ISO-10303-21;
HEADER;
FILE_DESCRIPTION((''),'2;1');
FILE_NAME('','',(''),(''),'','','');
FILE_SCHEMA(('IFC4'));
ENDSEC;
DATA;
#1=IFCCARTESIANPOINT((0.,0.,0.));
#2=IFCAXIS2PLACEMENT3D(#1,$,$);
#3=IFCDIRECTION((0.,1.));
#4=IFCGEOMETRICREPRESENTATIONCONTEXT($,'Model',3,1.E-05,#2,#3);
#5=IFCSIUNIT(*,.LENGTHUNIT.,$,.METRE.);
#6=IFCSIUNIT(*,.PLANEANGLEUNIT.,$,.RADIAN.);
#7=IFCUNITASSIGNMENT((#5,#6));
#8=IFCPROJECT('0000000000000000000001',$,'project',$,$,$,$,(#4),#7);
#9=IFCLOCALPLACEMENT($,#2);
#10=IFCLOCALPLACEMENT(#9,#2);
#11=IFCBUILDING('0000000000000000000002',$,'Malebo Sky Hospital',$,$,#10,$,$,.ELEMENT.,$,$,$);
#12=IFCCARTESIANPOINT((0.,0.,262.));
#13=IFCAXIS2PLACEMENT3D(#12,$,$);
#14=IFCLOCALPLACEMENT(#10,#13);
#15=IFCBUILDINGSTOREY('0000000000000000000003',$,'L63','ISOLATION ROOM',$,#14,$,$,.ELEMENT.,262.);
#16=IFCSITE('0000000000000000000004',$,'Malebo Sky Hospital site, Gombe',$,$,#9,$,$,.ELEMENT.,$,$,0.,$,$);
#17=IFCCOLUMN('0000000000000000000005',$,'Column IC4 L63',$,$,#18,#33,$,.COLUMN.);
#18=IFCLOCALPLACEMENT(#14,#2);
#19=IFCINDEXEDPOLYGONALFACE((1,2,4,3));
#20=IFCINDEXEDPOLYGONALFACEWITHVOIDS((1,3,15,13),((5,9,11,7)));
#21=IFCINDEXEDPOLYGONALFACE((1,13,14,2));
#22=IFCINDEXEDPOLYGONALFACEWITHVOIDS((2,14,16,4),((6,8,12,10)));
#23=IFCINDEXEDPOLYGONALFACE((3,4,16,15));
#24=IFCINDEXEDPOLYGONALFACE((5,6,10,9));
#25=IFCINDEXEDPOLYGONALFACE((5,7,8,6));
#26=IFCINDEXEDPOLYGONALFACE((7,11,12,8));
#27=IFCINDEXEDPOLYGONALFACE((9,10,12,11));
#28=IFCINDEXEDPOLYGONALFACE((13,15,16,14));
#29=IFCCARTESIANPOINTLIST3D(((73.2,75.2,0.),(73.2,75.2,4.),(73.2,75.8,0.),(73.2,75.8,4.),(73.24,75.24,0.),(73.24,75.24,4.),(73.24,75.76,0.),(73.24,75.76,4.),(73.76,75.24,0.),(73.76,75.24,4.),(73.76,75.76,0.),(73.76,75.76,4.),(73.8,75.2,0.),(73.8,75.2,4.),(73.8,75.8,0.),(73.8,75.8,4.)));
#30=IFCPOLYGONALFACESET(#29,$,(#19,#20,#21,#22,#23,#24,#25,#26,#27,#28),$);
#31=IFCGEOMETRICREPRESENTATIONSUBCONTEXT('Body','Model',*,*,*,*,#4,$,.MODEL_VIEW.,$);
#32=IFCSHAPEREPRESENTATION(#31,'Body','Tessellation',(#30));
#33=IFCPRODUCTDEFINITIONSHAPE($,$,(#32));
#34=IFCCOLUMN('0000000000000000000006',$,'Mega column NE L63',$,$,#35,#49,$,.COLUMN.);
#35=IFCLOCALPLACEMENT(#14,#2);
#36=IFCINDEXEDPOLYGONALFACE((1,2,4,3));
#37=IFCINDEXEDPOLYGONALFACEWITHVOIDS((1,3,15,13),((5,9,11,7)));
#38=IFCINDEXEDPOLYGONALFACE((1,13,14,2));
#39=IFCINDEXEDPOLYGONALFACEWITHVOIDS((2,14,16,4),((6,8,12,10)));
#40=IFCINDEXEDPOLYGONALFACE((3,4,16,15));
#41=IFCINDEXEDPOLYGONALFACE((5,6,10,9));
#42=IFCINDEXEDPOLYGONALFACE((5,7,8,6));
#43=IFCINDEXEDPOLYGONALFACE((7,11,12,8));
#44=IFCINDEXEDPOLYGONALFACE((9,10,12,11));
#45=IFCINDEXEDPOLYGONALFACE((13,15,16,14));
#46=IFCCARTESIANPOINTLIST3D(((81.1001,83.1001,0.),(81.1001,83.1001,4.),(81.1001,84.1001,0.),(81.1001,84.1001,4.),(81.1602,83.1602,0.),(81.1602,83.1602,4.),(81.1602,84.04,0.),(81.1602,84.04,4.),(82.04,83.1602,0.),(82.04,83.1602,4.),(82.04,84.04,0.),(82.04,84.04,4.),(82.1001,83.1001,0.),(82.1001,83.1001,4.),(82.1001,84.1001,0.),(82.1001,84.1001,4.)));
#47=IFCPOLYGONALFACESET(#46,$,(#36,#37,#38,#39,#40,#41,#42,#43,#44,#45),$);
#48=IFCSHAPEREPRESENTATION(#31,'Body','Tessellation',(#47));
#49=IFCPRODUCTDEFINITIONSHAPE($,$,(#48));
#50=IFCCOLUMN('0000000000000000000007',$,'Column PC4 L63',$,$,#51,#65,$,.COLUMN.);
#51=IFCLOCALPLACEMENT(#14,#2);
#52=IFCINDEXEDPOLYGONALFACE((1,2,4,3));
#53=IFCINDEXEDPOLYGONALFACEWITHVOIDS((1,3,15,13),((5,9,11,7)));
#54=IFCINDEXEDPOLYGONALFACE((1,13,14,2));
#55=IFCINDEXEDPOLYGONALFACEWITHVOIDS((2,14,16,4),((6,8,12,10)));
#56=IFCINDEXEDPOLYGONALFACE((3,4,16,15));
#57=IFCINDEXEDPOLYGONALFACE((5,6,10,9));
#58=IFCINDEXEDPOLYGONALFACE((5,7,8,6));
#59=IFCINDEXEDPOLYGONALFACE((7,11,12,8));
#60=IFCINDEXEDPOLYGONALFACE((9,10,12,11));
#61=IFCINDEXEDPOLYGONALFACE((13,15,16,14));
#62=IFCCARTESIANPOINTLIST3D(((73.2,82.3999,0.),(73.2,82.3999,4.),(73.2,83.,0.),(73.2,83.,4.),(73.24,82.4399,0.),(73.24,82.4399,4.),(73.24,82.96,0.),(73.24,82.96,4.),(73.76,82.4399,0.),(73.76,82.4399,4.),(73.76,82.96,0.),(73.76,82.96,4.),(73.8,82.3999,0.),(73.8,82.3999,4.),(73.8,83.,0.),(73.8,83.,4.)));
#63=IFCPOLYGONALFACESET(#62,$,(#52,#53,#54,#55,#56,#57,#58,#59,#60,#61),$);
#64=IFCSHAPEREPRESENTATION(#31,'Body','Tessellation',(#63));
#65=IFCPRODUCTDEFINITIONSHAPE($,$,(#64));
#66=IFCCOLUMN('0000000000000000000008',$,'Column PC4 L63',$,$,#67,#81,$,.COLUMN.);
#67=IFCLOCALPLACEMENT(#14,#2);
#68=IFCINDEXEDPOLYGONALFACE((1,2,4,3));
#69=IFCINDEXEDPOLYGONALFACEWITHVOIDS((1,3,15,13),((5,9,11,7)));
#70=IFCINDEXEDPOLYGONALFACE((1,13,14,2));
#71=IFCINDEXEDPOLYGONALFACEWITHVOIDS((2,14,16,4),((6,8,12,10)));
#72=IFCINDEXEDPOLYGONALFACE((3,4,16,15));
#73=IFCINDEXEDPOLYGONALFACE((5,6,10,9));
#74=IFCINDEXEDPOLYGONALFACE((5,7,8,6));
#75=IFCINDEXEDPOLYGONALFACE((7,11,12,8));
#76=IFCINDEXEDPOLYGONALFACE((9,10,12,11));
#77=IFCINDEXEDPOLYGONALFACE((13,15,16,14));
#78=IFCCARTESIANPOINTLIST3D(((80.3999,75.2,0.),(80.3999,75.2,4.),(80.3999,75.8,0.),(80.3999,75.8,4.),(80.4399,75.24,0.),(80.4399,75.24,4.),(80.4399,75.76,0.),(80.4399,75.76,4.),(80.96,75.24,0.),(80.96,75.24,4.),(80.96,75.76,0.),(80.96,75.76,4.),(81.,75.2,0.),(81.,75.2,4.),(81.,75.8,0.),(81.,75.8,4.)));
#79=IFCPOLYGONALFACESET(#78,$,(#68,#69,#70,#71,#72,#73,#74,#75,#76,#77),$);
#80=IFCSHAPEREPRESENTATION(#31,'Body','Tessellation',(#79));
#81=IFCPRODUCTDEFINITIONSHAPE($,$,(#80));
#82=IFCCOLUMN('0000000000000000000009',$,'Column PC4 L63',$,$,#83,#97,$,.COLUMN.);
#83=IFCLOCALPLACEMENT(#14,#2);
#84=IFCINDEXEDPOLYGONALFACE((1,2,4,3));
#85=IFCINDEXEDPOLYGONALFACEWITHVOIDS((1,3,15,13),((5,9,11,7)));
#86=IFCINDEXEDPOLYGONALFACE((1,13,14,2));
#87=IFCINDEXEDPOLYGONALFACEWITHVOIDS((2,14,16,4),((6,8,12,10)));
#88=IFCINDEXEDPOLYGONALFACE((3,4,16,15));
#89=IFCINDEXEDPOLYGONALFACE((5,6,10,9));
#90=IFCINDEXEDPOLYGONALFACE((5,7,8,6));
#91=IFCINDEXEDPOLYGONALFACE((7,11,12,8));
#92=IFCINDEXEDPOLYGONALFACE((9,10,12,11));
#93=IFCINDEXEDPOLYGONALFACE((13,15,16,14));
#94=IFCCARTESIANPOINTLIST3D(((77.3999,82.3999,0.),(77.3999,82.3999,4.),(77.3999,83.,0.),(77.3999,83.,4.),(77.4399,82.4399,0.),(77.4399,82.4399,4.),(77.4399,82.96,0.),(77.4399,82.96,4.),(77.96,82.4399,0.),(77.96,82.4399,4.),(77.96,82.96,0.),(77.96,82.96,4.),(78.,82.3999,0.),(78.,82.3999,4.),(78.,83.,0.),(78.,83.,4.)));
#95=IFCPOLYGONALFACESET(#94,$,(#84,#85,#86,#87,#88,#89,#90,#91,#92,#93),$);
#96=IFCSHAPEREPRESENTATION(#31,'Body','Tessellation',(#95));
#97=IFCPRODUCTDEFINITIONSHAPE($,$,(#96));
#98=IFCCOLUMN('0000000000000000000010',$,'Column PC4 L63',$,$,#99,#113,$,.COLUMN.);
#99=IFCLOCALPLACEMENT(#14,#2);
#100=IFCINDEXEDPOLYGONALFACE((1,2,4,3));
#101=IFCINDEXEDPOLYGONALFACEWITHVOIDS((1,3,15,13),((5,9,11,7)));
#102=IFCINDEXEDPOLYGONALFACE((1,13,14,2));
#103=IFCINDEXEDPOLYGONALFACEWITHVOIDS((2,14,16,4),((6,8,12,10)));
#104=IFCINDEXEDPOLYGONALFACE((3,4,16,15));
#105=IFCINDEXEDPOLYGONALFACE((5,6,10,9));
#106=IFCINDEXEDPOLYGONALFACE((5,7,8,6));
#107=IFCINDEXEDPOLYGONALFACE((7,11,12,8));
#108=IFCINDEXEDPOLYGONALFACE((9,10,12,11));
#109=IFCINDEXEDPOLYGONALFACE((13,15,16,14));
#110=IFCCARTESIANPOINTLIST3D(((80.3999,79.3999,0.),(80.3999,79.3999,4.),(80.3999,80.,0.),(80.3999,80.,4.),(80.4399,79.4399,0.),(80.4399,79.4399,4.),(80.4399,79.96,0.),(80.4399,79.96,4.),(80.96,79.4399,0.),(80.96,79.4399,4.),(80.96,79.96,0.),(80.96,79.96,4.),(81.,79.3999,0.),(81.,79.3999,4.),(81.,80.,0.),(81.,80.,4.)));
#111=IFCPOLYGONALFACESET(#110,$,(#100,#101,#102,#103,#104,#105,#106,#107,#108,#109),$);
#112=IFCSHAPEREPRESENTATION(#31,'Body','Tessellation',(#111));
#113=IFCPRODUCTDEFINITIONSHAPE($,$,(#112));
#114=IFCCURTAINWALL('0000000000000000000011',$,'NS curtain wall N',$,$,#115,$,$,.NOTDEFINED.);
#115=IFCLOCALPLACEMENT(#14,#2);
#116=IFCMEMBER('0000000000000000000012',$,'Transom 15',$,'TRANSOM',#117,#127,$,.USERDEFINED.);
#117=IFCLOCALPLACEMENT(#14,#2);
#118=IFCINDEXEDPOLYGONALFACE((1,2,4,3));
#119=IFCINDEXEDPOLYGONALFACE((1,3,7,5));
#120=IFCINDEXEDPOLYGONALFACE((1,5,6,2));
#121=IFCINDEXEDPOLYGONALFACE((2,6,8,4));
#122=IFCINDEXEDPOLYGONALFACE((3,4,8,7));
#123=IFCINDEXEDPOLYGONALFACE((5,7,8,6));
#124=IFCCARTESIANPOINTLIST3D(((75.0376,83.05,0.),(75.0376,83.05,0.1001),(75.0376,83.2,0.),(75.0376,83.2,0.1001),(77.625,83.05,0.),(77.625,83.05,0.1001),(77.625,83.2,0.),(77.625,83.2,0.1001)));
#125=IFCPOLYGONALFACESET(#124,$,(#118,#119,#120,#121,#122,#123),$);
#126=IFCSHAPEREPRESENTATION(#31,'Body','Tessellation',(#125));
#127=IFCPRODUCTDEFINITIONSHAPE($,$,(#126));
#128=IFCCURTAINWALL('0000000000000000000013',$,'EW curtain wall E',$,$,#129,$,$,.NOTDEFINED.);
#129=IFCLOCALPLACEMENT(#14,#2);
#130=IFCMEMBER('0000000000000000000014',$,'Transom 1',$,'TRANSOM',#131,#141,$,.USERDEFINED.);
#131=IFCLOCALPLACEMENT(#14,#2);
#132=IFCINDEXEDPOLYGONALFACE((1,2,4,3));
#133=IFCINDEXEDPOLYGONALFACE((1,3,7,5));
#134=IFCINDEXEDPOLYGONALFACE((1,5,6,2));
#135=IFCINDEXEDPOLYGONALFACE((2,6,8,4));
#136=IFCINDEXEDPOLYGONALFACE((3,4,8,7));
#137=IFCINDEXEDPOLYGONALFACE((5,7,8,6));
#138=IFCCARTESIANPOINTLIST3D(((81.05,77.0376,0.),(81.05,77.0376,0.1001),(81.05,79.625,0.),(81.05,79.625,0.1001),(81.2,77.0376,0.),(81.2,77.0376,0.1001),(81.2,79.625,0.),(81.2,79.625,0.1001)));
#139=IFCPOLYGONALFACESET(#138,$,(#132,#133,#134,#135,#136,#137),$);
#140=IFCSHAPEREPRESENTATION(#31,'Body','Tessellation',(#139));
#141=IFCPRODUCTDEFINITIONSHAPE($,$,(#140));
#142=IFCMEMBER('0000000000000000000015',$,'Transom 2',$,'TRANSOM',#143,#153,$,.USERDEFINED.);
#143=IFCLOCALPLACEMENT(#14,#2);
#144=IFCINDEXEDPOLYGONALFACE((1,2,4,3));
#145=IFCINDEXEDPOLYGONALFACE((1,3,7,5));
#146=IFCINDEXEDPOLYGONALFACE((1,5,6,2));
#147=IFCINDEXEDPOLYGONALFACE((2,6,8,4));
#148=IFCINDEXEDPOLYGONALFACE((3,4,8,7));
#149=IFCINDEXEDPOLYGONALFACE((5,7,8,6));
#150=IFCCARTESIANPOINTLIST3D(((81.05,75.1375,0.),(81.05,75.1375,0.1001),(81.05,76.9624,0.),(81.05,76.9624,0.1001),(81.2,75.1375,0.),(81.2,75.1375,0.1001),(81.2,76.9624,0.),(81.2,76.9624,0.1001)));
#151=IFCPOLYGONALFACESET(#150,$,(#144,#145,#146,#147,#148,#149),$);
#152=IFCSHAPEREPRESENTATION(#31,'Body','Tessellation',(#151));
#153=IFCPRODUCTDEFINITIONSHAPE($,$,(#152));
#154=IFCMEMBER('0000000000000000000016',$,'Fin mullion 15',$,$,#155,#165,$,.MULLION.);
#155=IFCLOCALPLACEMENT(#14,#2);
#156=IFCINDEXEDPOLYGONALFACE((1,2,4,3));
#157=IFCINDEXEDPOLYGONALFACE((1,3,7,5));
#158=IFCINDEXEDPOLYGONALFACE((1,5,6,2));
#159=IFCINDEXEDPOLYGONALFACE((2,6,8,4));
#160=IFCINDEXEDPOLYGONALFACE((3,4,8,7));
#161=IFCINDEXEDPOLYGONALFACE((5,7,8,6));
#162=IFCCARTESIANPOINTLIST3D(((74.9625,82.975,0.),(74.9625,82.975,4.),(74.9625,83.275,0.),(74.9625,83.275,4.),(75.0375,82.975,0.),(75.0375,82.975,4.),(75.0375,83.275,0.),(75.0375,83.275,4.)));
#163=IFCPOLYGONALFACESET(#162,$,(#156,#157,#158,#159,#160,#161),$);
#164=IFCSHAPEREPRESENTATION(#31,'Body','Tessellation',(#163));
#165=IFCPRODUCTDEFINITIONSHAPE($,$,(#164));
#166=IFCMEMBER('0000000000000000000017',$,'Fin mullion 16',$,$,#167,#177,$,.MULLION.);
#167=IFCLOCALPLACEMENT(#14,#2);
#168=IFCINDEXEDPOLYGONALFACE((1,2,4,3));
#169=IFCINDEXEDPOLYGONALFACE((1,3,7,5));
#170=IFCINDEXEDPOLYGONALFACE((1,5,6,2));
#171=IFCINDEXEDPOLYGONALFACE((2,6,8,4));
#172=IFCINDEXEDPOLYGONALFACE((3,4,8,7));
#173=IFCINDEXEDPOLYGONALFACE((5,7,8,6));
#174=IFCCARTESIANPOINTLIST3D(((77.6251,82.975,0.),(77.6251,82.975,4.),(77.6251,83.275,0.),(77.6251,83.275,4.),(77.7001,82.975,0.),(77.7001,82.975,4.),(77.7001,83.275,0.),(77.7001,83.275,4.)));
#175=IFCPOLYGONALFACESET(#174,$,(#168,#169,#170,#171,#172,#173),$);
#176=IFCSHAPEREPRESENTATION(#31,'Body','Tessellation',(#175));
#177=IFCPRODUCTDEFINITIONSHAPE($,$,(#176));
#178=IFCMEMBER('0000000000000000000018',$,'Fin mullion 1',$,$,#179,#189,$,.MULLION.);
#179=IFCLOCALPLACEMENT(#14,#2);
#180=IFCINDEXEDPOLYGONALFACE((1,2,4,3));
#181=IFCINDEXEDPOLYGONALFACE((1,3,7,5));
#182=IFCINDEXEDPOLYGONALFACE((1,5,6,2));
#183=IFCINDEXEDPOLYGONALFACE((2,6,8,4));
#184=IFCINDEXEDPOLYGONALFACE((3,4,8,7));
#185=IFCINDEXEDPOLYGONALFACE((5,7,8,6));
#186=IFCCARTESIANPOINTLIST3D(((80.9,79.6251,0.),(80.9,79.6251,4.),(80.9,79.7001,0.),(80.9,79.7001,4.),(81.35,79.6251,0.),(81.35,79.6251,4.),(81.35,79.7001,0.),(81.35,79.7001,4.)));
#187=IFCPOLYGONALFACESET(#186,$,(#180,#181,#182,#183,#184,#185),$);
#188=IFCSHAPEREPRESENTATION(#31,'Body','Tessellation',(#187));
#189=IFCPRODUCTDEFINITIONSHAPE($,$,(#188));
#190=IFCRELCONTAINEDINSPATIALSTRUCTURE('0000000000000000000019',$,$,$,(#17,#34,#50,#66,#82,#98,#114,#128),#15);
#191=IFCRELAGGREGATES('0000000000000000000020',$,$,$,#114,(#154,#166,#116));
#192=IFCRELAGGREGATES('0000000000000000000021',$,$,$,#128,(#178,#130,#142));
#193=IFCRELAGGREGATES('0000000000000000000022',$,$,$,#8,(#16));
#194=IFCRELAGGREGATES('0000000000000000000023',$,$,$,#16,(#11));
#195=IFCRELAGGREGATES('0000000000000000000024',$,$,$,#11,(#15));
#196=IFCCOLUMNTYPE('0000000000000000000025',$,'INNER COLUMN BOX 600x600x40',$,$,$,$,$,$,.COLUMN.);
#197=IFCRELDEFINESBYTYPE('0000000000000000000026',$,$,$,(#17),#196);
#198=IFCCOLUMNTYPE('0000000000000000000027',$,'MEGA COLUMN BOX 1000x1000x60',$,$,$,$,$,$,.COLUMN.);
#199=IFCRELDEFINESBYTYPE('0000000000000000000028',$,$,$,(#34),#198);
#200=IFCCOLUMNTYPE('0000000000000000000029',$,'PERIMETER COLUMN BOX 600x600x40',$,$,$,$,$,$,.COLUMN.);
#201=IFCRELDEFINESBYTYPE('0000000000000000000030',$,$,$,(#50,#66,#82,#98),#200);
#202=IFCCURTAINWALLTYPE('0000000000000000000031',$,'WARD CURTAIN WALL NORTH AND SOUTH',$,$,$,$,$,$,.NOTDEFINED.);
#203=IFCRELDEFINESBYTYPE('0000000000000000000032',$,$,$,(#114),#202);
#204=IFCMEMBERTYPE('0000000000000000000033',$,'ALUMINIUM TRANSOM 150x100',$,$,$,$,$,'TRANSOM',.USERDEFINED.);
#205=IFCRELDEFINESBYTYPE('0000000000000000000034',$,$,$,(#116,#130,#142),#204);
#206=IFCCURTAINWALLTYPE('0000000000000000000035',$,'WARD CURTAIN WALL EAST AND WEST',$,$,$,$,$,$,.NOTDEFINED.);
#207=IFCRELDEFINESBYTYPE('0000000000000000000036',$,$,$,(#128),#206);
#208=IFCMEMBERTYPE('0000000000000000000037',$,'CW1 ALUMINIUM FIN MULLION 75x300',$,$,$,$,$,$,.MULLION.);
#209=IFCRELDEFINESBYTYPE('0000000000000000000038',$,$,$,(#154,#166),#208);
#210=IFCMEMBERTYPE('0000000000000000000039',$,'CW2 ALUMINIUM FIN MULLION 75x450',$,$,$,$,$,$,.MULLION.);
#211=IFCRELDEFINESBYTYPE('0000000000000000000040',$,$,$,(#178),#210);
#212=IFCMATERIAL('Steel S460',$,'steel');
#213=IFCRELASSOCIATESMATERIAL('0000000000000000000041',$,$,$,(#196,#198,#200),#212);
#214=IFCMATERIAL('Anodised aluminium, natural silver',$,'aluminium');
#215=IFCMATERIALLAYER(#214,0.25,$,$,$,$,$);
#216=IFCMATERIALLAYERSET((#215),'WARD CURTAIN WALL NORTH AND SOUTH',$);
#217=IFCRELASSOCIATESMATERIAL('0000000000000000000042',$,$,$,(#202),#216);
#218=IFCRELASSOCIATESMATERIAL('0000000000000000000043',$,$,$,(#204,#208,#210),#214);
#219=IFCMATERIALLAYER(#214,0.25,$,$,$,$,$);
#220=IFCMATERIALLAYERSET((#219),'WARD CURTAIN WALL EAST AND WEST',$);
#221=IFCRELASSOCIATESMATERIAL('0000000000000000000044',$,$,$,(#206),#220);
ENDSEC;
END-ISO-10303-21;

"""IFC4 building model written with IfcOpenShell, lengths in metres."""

from ifc_helpers import new_model, si_unit, direction, frame, origin, origin_2d, place, context, subcontext, project, spatial, rectangle, hollow_rectangle, extrude, material, layer, layer_set, material_profile, profile_set, type_object, element, aggregate, save


model = new_model("IFC4")

# Units and contexts
model_context = context("Model", 3, precision=1e-05, world=origin(), true_north=direction((0.0, 1.0)))
body_context = subcontext(model_context, "Body", "Model", "MODEL_VIEW")
ifc_project = project(units=[si_unit("LENGTHUNIT", "METRE"), si_unit("PLANEANGLEUNIT", "RADIAN")], contexts=[model_context])

# Site, building, storey
site_placement = place(None, origin())
site = spatial("IfcSite", under=ifc_project, at=site_placement, Name="Malebo Sky Hospital site, Gombe", CompositionType="ELEMENT", RefElevation=0.0)
building_placement = place(site_placement, origin())
building = spatial("IfcBuilding", under=site, at=building_placement, Name="Malebo Sky Hospital", CompositionType="ELEMENT")
storey_placement = place(building_placement, frame((0.0, 0.0, 262.0)))
storey = spatial("IfcBuildingStorey", under=building, at=storey_placement, Name="L63", Description="ISOLATION ROOM", CompositionType="ELEMENT", Elevation=262.0)

# Columns
ifc_material_1 = material(Name="Steel S460", Category="steel")
ifc_material_profile_1 = material_profile(ifc_material_1, hollow_rectangle(XDim=0.6001, YDim=0.6001, WallThickness=0.04, at=origin_2d()), Name="BOX 600x600x40")
ifc_profile_set_1 = profile_set([ifc_material_profile_1], Name="Steel S460")
column_type_1 = type_object("IfcColumnType", Name="INNER COLUMN BOX 600x600x40", PredefinedType="COLUMN", material=ifc_profile_set_1)
column_1_placement = place(storey_placement, frame((73.5, 75.5, 0.0), z_axis=(0.0, 0.0, 1.0), x_axis=(1.0, 0.0, 0.0)))
element("IfcColumn", 1, at=column_1_placement, inside=storey, type_object=column_type_1, Name="Column IC4 L63", PredefinedType="COLUMN", context=body_context, shape_type="SweptSolid", body=[
    extrude(hollow_rectangle(XDim=0.6001, YDim=0.6001, WallThickness=0.04, at=origin_2d()), origin(), (0.0, 0.0, 1.0), 4.0),
])
ifc_material_profile_2 = material_profile(ifc_material_1, hollow_rectangle(XDim=1.0, YDim=1.0, WallThickness=0.0601, at=origin_2d()), Name="BOX 1000x1000x60")
ifc_profile_set_2 = profile_set([ifc_material_profile_2], Name="Steel S460")
column_type_2 = type_object("IfcColumnType", Name="MEGA COLUMN BOX 1000x1000x60", PredefinedType="COLUMN", material=ifc_profile_set_2)
column_2_placement = place(storey_placement, frame((81.6001, 83.6001, 0.0), z_axis=(0.0, 0.0, 1.0), x_axis=(1.0, 0.0, 0.0)))
element("IfcColumn", 2, at=column_2_placement, inside=storey, type_object=column_type_2, Name="Mega column NE L63", PredefinedType="COLUMN", context=body_context, shape_type="SweptSolid", body=[
    extrude(hollow_rectangle(XDim=1.0, YDim=1.0, WallThickness=0.0601, at=origin_2d()), origin(), (0.0, 0.0, 1.0), 4.0),
])
ifc_material_profile_3 = material_profile(ifc_material_1, hollow_rectangle(XDim=0.6001, YDim=0.6001, WallThickness=0.04, at=origin_2d()), Name="BOX 600x600x40")
ifc_profile_set_3 = profile_set([ifc_material_profile_3], Name="Steel S460")
column_type_3 = type_object("IfcColumnType", Name="PERIMETER COLUMN BOX 600x600x40", PredefinedType="COLUMN", material=ifc_profile_set_3)
for number, where, z_axis, x_axis, name in (
    (3, (73.5, 82.7, 0.0), (0.0, 0.0, 1.0), (1.0, 0.0, 0.0), "Column PC4 L63"),
    (4, (80.7, 75.5, 0.0), (0.0, 0.0, 1.0), (1.0, 0.0, 0.0), "Column PC4 L63"),
    (5, (77.7, 82.7, 0.0), (0.0, 0.0, 1.0), (1.0, 0.0, 0.0), "Column PC4 L63"),
    (6, (80.7, 79.7, 0.0), (0.0, 0.0, 1.0), (1.0, 0.0, 0.0), "Column PC4 L63"),
):
    element("IfcColumn", number, at=place(storey_placement, frame(where, z_axis=z_axis, x_axis=x_axis)), inside=storey, type_object=column_type_3, Name=name, PredefinedType="COLUMN", context=body_context, shape_type="SweptSolid", body=[
        extrude(hollow_rectangle(XDim=0.6001, YDim=0.6001, WallThickness=0.04, at=origin_2d()), origin(), (0.0, 0.0, 1.0), 4.0),
    ])

# Curtain wall, member
ifc_material_2 = material(Name="Anodised aluminium, natural silver", Category="aluminium")
ifc_layer_1 = layer(ifc_material_2, 0.25)
ifc_layer_set_1 = layer_set([ifc_layer_1], Name="WARD CURTAIN WALL NORTH AND SOUTH")
curtain_wall_type_1 = type_object("IfcCurtainWallType", Name="WARD CURTAIN WALL NORTH AND SOUTH", PredefinedType="NOTDEFINED", material=ifc_layer_set_1)
curtain_wall_1_placement = place(storey_placement, origin())
curtain_wall_1 = element("IfcCurtainWall", 7, at=curtain_wall_1_placement, inside=storey, type_object=curtain_wall_type_1, Name="NS curtain wall N", PredefinedType="NOTDEFINED")
ifc_material_profile_4 = material_profile(ifc_material_2, rectangle(XDim=0.1499, YDim=0.1001, at=origin_2d()), Name="ALUMINIUM TRANSOM 150x100")
ifc_profile_set_4 = profile_set([ifc_material_profile_4], Name="Anodised aluminium, natural silver")
member_type_1 = type_object("IfcMemberType", Name="ALUMINIUM TRANSOM 150x100", ElementType="TRANSOM", PredefinedType="USERDEFINED", material=ifc_profile_set_4)
member_1_placement = place(storey_placement, frame((75.0376, 83.125, 0.05), z_axis=(1.0, 0.0, 0.0), x_axis=(0.0, 1.0, 0.0)))
member_1 = element("IfcMember", 8, at=member_1_placement, type_object=member_type_1, Name="Transom 15", ObjectType="TRANSOM", PredefinedType="USERDEFINED", context=body_context, shape_type="SweptSolid", body=[
    extrude(rectangle(XDim=0.1499, YDim=0.1001, at=origin_2d()), origin(), (0.0, 0.0, 1.0), 2.5874),
])

# Curtain wall, members
ifc_layer_2 = layer(ifc_material_2, 0.25)
ifc_layer_set_2 = layer_set([ifc_layer_2], Name="WARD CURTAIN WALL EAST AND WEST")
curtain_wall_type_2 = type_object("IfcCurtainWallType", Name="WARD CURTAIN WALL EAST AND WEST", PredefinedType="NOTDEFINED", material=ifc_layer_set_2)
curtain_wall_2_placement = place(storey_placement, origin())
curtain_wall_2 = element("IfcCurtainWall", 9, at=curtain_wall_2_placement, inside=storey, type_object=curtain_wall_type_2, Name="EW curtain wall E", PredefinedType="NOTDEFINED")
member_2_placement = place(storey_placement, frame((81.125, 79.625, 0.05), z_axis=(0.0, -1.0, 0.0), x_axis=(1.0, 0.0, 0.0)))
member_2 = element("IfcMember", 10, at=member_2_placement, type_object=member_type_1, Name="Transom 1", ObjectType="TRANSOM", PredefinedType="USERDEFINED", context=body_context, shape_type="SweptSolid", body=[
    extrude(rectangle(XDim=0.1499, YDim=0.1001, at=origin_2d()), origin(), (0.0, 0.0, 1.0), 2.5874),
])
member_3_placement = place(storey_placement, frame((81.125, 76.9624, 0.05), z_axis=(0.0, -1.0, 0.0), x_axis=(1.0, 0.0, 0.0)))
member_3 = element("IfcMember", 11, at=member_3_placement, type_object=member_type_1, Name="Transom 2", ObjectType="TRANSOM", PredefinedType="USERDEFINED", context=body_context, shape_type="SweptSolid", body=[
    extrude(rectangle(XDim=0.1499, YDim=0.1001, at=origin_2d()), origin(), (0.0, 0.0, 1.0), 1.825),
])

# Members
ifc_material_profile_5 = material_profile(ifc_material_2, rectangle(XDim=0.075, YDim=0.3, at=origin_2d()), Name="CW1 ALUMINIUM FIN MULLION 75x300")
ifc_profile_set_5 = profile_set([ifc_material_profile_5], Name="Anodised aluminium, natural silver")
member_type_2 = type_object("IfcMemberType", Name="CW1 ALUMINIUM FIN MULLION 75x300", PredefinedType="MULLION", material=ifc_profile_set_5)
member_4_placement = place(storey_placement, frame((75.0, 83.125, 0.0), z_axis=(0.0, 0.0, 1.0), x_axis=(1.0, 0.0, 0.0)))
member_4 = element("IfcMember", 12, at=member_4_placement, type_object=member_type_2, Name="Fin mullion 15", PredefinedType="MULLION", context=body_context, shape_type="SweptSolid", body=[
    extrude(rectangle(XDim=0.075, YDim=0.3, at=origin_2d()), origin(), (0.0, 0.0, 1.0), 4.0),
])
member_5_placement = place(storey_placement, frame((77.6626, 83.125, 0.0), z_axis=(0.0, 0.0, 1.0), x_axis=(1.0, 0.0, 0.0)))
member_5 = element("IfcMember", 13, at=member_5_placement, type_object=member_type_2, Name="Fin mullion 16", PredefinedType="MULLION", context=body_context, shape_type="SweptSolid", body=[
    extrude(rectangle(XDim=0.075, YDim=0.3, at=origin_2d()), origin(), (0.0, 0.0, 1.0), 4.0),
])
ifc_material_profile_6 = material_profile(ifc_material_2, rectangle(XDim=0.075, YDim=0.45, at=origin_2d()), Name="CW2 ALUMINIUM FIN MULLION 75x450")
ifc_profile_set_6 = profile_set([ifc_material_profile_6], Name="Anodised aluminium, natural silver")
member_type_3 = type_object("IfcMemberType", Name="CW2 ALUMINIUM FIN MULLION 75x450", PredefinedType="MULLION", material=ifc_profile_set_6)
member_6_placement = place(storey_placement, frame((81.125, 79.6626, 0.0), z_axis=(0.0, 0.0, 1.0), x_axis=(0.0, -1.0, 0.0)))
member_6 = element("IfcMember", 14, at=member_6_placement, type_object=member_type_3, Name="Fin mullion 1", PredefinedType="MULLION", context=body_context, shape_type="SweptSolid", body=[
    extrude(rectangle(XDim=0.075, YDim=0.45, at=origin_2d()), origin(), (0.0, 0.0, 1.0), 4.0),
])

aggregate(curtain_wall_1, [member_4, member_5, member_1])
aggregate(curtain_wall_2, [member_6, member_2, member_3])

save(model, "model.ifc")
